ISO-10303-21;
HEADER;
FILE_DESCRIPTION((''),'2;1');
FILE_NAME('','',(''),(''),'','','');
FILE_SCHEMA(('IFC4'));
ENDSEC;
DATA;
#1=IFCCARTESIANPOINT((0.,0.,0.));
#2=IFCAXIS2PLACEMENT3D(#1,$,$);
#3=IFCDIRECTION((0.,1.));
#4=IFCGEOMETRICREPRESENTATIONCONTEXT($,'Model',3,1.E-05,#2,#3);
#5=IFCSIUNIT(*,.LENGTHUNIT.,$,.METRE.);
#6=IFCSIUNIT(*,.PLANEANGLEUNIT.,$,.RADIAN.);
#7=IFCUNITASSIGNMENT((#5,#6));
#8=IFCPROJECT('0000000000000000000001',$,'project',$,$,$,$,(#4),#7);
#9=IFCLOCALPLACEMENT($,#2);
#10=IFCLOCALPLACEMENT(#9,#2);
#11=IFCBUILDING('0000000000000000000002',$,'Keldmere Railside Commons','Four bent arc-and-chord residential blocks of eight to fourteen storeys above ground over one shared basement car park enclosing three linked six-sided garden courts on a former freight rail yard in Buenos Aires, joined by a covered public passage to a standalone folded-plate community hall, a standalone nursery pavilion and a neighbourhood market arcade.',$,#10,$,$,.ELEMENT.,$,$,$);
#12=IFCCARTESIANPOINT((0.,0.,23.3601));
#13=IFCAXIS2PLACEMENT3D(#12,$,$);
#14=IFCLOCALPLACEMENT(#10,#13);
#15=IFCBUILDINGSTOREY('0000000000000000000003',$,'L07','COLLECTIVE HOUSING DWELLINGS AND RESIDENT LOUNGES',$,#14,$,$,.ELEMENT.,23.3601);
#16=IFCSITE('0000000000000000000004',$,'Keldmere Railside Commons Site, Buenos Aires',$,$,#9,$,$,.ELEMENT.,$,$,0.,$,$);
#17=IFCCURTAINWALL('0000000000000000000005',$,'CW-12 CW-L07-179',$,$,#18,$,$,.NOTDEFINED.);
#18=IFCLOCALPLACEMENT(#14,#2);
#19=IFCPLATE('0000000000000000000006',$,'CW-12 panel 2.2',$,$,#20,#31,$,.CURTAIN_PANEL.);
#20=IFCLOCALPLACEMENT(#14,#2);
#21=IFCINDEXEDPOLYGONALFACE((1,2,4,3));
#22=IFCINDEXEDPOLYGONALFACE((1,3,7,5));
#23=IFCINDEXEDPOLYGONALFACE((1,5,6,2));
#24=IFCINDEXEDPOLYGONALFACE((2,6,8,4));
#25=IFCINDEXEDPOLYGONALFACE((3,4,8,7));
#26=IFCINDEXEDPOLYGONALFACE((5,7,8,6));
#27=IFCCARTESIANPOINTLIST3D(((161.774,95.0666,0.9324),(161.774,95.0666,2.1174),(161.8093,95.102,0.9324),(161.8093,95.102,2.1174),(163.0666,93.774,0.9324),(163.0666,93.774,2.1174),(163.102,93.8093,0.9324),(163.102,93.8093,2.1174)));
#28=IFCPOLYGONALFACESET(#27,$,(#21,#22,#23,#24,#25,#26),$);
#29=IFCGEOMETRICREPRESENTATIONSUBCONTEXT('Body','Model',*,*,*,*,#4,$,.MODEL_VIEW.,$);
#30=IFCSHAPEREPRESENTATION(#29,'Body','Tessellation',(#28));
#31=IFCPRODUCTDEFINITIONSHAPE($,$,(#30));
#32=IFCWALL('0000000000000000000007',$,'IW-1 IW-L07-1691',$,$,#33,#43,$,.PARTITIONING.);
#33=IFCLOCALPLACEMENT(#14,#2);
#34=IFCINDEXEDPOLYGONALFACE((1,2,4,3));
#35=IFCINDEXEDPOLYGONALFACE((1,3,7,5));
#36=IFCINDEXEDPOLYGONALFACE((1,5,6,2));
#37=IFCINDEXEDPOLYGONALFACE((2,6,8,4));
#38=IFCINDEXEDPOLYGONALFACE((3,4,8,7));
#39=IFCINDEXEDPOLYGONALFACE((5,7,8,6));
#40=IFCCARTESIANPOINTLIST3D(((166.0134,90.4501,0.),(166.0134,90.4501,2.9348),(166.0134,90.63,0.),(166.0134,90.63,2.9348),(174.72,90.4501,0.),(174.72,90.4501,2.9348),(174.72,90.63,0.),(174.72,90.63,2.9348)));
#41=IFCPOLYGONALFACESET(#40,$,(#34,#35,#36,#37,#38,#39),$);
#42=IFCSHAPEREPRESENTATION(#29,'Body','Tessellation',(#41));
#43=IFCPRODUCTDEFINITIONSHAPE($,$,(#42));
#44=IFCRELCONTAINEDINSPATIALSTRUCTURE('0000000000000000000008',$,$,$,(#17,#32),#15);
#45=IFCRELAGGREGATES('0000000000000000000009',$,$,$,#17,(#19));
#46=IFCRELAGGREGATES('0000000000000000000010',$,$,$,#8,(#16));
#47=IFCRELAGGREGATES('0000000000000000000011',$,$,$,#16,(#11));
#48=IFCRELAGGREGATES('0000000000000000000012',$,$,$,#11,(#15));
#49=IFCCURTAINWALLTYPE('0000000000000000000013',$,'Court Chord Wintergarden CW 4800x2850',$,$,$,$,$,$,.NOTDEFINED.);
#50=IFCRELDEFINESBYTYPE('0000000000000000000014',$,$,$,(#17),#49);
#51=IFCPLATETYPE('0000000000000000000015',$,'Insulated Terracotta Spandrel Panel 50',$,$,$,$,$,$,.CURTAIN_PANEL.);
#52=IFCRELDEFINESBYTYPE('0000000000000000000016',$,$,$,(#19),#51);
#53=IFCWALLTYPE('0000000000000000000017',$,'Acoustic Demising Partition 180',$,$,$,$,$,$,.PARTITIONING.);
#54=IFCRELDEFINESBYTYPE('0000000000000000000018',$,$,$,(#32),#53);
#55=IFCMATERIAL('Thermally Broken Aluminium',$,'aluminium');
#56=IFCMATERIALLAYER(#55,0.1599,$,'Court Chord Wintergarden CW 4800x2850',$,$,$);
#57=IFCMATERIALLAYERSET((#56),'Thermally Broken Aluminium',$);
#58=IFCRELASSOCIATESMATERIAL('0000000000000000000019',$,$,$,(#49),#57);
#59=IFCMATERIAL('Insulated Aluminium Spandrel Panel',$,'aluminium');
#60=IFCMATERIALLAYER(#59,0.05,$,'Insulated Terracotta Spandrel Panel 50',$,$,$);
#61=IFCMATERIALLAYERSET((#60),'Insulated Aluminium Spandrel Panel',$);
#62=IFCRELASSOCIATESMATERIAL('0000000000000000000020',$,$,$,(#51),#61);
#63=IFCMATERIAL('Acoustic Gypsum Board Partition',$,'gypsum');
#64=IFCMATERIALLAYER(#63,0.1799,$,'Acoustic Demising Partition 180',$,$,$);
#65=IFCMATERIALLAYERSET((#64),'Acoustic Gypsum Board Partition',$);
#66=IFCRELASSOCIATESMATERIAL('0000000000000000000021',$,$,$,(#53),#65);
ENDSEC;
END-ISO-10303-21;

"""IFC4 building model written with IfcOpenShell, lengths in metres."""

from ifc_helpers import new_model, si_unit, direction, frame, frame_2d, origin, origin_2d, place, context, subcontext, project, spatial, rectangle, extrude, material, layer, layer_set, type_object, element, aggregate, save


model = new_model("IFC4")

# Units and contexts
model_context = context("Model", 3, precision=1e-05, world=origin(), true_north=direction((0.0, 1.0)))
body_context = subcontext(model_context, "Body", "Model", "MODEL_VIEW")
ifc_project = project(units=[si_unit("LENGTHUNIT", "METRE"), si_unit("PLANEANGLEUNIT", "RADIAN")], contexts=[model_context])

# Site, building, storey
site_placement = place(None, origin())
site = spatial("IfcSite", under=ifc_project, at=site_placement, Name="Keldmere Railside Commons Site, Buenos Aires", CompositionType="ELEMENT", RefElevation=0.0)
building_placement = place(site_placement, origin())
building = spatial("IfcBuilding", under=site, at=building_placement, Name="Keldmere Railside Commons", Description="Four bent arc-and-chord residential blocks of eight to fourteen storeys above ground over one shared basement car park enclosing three linked six-sided garden courts on a former freight rail yard in Buenos Aires, joined by a covered public passage to a standalone folded-plate community hall, a standalone nursery pavilion and a neighbourhood market arcade.", CompositionType="ELEMENT")
storey_placement = place(building_placement, frame((0.0, 0.0, 23.3601)))
storey = spatial("IfcBuildingStorey", under=building, at=storey_placement, Name="L07", Description="COLLECTIVE HOUSING DWELLINGS AND RESIDENT LOUNGES", CompositionType="ELEMENT", Elevation=23.3601)

# Curtain wall
ifc_material_1 = material(Name="Thermally Broken Aluminium", Category="aluminium")
ifc_layer_1 = layer(ifc_material_1, 0.1599, Name="Court Chord Wintergarden CW 4800x2850")
ifc_layer_set_1 = layer_set([ifc_layer_1], Name="Thermally Broken Aluminium")
curtain_wall_type_1 = type_object("IfcCurtainWallType", Name="Court Chord Wintergarden CW 4800x2850", PredefinedType="NOTDEFINED", material=ifc_layer_set_1)
curtain_wall_1_placement = place(storey_placement, origin())
curtain_wall_1 = element("IfcCurtainWall", 1, at=curtain_wall_1_placement, inside=storey, type_object=curtain_wall_type_1, Name="CW-12 CW-L07-179", PredefinedType="NOTDEFINED")

# Plate
ifc_material_2 = material(Name="Insulated Aluminium Spandrel Panel", Category="aluminium")
ifc_layer_2 = layer(ifc_material_2, 0.05, Name="Insulated Terracotta Spandrel Panel 50")
ifc_layer_set_2 = layer_set([ifc_layer_2], Name="Insulated Aluminium Spandrel Panel")
plate_type_1 = type_object("IfcPlateType", Name="Insulated Terracotta Spandrel Panel 50", PredefinedType="CURTAIN_PANEL", material=ifc_layer_set_2)
plate_1_placement = place(storey_placement, frame((162.438, 94.438, 0.9324), z_axis=(0.0, 0.0, 1.0), x_axis=(-0.707107, 0.707107, 0.0)))
plate_1 = element("IfcPlate", 2, at=plate_1_placement, type_object=plate_type_1, Name="CW-12 panel 2.2", PredefinedType="CURTAIN_PANEL", context=body_context, shape_type="SweptSolid", body=[
    extrude(rectangle(XDim=1.8281, YDim=0.05, at=origin_2d()), origin(), (0.0, 0.0, 1.0), 1.1851),
])
aggregate(curtain_wall_1, [plate_1])

# Wall
ifc_material_3 = material(Name="Acoustic Gypsum Board Partition", Category="gypsum")
ifc_layer_3 = layer(ifc_material_3, 0.1799, Name="Acoustic Demising Partition 180")
ifc_layer_set_3 = layer_set([ifc_layer_3], Name="Acoustic Gypsum Board Partition")
wall_type = type_object("IfcWallType", Name="Acoustic Demising Partition 180", PredefinedType="PARTITIONING", material=ifc_layer_set_3)
wall_placement = place(storey_placement, frame((166.0134, 90.54, 0.0), z_axis=(0.0, 0.0, 1.0), x_axis=(1.0, 0.0, 0.0)))
element("IfcWall", 3, at=wall_placement, inside=storey, type_object=wall_type, Name="IW-1 IW-L07-1691", PredefinedType="PARTITIONING", context=body_context, shape_type="SweptSolid", body=[
    extrude(rectangle(XDim=8.7065, YDim=0.1799, at=frame_2d((4.3533, 0.0))), origin(), (0.0, 0.0, 1.0), 2.9348),
])

save(model, "model.ifc")
